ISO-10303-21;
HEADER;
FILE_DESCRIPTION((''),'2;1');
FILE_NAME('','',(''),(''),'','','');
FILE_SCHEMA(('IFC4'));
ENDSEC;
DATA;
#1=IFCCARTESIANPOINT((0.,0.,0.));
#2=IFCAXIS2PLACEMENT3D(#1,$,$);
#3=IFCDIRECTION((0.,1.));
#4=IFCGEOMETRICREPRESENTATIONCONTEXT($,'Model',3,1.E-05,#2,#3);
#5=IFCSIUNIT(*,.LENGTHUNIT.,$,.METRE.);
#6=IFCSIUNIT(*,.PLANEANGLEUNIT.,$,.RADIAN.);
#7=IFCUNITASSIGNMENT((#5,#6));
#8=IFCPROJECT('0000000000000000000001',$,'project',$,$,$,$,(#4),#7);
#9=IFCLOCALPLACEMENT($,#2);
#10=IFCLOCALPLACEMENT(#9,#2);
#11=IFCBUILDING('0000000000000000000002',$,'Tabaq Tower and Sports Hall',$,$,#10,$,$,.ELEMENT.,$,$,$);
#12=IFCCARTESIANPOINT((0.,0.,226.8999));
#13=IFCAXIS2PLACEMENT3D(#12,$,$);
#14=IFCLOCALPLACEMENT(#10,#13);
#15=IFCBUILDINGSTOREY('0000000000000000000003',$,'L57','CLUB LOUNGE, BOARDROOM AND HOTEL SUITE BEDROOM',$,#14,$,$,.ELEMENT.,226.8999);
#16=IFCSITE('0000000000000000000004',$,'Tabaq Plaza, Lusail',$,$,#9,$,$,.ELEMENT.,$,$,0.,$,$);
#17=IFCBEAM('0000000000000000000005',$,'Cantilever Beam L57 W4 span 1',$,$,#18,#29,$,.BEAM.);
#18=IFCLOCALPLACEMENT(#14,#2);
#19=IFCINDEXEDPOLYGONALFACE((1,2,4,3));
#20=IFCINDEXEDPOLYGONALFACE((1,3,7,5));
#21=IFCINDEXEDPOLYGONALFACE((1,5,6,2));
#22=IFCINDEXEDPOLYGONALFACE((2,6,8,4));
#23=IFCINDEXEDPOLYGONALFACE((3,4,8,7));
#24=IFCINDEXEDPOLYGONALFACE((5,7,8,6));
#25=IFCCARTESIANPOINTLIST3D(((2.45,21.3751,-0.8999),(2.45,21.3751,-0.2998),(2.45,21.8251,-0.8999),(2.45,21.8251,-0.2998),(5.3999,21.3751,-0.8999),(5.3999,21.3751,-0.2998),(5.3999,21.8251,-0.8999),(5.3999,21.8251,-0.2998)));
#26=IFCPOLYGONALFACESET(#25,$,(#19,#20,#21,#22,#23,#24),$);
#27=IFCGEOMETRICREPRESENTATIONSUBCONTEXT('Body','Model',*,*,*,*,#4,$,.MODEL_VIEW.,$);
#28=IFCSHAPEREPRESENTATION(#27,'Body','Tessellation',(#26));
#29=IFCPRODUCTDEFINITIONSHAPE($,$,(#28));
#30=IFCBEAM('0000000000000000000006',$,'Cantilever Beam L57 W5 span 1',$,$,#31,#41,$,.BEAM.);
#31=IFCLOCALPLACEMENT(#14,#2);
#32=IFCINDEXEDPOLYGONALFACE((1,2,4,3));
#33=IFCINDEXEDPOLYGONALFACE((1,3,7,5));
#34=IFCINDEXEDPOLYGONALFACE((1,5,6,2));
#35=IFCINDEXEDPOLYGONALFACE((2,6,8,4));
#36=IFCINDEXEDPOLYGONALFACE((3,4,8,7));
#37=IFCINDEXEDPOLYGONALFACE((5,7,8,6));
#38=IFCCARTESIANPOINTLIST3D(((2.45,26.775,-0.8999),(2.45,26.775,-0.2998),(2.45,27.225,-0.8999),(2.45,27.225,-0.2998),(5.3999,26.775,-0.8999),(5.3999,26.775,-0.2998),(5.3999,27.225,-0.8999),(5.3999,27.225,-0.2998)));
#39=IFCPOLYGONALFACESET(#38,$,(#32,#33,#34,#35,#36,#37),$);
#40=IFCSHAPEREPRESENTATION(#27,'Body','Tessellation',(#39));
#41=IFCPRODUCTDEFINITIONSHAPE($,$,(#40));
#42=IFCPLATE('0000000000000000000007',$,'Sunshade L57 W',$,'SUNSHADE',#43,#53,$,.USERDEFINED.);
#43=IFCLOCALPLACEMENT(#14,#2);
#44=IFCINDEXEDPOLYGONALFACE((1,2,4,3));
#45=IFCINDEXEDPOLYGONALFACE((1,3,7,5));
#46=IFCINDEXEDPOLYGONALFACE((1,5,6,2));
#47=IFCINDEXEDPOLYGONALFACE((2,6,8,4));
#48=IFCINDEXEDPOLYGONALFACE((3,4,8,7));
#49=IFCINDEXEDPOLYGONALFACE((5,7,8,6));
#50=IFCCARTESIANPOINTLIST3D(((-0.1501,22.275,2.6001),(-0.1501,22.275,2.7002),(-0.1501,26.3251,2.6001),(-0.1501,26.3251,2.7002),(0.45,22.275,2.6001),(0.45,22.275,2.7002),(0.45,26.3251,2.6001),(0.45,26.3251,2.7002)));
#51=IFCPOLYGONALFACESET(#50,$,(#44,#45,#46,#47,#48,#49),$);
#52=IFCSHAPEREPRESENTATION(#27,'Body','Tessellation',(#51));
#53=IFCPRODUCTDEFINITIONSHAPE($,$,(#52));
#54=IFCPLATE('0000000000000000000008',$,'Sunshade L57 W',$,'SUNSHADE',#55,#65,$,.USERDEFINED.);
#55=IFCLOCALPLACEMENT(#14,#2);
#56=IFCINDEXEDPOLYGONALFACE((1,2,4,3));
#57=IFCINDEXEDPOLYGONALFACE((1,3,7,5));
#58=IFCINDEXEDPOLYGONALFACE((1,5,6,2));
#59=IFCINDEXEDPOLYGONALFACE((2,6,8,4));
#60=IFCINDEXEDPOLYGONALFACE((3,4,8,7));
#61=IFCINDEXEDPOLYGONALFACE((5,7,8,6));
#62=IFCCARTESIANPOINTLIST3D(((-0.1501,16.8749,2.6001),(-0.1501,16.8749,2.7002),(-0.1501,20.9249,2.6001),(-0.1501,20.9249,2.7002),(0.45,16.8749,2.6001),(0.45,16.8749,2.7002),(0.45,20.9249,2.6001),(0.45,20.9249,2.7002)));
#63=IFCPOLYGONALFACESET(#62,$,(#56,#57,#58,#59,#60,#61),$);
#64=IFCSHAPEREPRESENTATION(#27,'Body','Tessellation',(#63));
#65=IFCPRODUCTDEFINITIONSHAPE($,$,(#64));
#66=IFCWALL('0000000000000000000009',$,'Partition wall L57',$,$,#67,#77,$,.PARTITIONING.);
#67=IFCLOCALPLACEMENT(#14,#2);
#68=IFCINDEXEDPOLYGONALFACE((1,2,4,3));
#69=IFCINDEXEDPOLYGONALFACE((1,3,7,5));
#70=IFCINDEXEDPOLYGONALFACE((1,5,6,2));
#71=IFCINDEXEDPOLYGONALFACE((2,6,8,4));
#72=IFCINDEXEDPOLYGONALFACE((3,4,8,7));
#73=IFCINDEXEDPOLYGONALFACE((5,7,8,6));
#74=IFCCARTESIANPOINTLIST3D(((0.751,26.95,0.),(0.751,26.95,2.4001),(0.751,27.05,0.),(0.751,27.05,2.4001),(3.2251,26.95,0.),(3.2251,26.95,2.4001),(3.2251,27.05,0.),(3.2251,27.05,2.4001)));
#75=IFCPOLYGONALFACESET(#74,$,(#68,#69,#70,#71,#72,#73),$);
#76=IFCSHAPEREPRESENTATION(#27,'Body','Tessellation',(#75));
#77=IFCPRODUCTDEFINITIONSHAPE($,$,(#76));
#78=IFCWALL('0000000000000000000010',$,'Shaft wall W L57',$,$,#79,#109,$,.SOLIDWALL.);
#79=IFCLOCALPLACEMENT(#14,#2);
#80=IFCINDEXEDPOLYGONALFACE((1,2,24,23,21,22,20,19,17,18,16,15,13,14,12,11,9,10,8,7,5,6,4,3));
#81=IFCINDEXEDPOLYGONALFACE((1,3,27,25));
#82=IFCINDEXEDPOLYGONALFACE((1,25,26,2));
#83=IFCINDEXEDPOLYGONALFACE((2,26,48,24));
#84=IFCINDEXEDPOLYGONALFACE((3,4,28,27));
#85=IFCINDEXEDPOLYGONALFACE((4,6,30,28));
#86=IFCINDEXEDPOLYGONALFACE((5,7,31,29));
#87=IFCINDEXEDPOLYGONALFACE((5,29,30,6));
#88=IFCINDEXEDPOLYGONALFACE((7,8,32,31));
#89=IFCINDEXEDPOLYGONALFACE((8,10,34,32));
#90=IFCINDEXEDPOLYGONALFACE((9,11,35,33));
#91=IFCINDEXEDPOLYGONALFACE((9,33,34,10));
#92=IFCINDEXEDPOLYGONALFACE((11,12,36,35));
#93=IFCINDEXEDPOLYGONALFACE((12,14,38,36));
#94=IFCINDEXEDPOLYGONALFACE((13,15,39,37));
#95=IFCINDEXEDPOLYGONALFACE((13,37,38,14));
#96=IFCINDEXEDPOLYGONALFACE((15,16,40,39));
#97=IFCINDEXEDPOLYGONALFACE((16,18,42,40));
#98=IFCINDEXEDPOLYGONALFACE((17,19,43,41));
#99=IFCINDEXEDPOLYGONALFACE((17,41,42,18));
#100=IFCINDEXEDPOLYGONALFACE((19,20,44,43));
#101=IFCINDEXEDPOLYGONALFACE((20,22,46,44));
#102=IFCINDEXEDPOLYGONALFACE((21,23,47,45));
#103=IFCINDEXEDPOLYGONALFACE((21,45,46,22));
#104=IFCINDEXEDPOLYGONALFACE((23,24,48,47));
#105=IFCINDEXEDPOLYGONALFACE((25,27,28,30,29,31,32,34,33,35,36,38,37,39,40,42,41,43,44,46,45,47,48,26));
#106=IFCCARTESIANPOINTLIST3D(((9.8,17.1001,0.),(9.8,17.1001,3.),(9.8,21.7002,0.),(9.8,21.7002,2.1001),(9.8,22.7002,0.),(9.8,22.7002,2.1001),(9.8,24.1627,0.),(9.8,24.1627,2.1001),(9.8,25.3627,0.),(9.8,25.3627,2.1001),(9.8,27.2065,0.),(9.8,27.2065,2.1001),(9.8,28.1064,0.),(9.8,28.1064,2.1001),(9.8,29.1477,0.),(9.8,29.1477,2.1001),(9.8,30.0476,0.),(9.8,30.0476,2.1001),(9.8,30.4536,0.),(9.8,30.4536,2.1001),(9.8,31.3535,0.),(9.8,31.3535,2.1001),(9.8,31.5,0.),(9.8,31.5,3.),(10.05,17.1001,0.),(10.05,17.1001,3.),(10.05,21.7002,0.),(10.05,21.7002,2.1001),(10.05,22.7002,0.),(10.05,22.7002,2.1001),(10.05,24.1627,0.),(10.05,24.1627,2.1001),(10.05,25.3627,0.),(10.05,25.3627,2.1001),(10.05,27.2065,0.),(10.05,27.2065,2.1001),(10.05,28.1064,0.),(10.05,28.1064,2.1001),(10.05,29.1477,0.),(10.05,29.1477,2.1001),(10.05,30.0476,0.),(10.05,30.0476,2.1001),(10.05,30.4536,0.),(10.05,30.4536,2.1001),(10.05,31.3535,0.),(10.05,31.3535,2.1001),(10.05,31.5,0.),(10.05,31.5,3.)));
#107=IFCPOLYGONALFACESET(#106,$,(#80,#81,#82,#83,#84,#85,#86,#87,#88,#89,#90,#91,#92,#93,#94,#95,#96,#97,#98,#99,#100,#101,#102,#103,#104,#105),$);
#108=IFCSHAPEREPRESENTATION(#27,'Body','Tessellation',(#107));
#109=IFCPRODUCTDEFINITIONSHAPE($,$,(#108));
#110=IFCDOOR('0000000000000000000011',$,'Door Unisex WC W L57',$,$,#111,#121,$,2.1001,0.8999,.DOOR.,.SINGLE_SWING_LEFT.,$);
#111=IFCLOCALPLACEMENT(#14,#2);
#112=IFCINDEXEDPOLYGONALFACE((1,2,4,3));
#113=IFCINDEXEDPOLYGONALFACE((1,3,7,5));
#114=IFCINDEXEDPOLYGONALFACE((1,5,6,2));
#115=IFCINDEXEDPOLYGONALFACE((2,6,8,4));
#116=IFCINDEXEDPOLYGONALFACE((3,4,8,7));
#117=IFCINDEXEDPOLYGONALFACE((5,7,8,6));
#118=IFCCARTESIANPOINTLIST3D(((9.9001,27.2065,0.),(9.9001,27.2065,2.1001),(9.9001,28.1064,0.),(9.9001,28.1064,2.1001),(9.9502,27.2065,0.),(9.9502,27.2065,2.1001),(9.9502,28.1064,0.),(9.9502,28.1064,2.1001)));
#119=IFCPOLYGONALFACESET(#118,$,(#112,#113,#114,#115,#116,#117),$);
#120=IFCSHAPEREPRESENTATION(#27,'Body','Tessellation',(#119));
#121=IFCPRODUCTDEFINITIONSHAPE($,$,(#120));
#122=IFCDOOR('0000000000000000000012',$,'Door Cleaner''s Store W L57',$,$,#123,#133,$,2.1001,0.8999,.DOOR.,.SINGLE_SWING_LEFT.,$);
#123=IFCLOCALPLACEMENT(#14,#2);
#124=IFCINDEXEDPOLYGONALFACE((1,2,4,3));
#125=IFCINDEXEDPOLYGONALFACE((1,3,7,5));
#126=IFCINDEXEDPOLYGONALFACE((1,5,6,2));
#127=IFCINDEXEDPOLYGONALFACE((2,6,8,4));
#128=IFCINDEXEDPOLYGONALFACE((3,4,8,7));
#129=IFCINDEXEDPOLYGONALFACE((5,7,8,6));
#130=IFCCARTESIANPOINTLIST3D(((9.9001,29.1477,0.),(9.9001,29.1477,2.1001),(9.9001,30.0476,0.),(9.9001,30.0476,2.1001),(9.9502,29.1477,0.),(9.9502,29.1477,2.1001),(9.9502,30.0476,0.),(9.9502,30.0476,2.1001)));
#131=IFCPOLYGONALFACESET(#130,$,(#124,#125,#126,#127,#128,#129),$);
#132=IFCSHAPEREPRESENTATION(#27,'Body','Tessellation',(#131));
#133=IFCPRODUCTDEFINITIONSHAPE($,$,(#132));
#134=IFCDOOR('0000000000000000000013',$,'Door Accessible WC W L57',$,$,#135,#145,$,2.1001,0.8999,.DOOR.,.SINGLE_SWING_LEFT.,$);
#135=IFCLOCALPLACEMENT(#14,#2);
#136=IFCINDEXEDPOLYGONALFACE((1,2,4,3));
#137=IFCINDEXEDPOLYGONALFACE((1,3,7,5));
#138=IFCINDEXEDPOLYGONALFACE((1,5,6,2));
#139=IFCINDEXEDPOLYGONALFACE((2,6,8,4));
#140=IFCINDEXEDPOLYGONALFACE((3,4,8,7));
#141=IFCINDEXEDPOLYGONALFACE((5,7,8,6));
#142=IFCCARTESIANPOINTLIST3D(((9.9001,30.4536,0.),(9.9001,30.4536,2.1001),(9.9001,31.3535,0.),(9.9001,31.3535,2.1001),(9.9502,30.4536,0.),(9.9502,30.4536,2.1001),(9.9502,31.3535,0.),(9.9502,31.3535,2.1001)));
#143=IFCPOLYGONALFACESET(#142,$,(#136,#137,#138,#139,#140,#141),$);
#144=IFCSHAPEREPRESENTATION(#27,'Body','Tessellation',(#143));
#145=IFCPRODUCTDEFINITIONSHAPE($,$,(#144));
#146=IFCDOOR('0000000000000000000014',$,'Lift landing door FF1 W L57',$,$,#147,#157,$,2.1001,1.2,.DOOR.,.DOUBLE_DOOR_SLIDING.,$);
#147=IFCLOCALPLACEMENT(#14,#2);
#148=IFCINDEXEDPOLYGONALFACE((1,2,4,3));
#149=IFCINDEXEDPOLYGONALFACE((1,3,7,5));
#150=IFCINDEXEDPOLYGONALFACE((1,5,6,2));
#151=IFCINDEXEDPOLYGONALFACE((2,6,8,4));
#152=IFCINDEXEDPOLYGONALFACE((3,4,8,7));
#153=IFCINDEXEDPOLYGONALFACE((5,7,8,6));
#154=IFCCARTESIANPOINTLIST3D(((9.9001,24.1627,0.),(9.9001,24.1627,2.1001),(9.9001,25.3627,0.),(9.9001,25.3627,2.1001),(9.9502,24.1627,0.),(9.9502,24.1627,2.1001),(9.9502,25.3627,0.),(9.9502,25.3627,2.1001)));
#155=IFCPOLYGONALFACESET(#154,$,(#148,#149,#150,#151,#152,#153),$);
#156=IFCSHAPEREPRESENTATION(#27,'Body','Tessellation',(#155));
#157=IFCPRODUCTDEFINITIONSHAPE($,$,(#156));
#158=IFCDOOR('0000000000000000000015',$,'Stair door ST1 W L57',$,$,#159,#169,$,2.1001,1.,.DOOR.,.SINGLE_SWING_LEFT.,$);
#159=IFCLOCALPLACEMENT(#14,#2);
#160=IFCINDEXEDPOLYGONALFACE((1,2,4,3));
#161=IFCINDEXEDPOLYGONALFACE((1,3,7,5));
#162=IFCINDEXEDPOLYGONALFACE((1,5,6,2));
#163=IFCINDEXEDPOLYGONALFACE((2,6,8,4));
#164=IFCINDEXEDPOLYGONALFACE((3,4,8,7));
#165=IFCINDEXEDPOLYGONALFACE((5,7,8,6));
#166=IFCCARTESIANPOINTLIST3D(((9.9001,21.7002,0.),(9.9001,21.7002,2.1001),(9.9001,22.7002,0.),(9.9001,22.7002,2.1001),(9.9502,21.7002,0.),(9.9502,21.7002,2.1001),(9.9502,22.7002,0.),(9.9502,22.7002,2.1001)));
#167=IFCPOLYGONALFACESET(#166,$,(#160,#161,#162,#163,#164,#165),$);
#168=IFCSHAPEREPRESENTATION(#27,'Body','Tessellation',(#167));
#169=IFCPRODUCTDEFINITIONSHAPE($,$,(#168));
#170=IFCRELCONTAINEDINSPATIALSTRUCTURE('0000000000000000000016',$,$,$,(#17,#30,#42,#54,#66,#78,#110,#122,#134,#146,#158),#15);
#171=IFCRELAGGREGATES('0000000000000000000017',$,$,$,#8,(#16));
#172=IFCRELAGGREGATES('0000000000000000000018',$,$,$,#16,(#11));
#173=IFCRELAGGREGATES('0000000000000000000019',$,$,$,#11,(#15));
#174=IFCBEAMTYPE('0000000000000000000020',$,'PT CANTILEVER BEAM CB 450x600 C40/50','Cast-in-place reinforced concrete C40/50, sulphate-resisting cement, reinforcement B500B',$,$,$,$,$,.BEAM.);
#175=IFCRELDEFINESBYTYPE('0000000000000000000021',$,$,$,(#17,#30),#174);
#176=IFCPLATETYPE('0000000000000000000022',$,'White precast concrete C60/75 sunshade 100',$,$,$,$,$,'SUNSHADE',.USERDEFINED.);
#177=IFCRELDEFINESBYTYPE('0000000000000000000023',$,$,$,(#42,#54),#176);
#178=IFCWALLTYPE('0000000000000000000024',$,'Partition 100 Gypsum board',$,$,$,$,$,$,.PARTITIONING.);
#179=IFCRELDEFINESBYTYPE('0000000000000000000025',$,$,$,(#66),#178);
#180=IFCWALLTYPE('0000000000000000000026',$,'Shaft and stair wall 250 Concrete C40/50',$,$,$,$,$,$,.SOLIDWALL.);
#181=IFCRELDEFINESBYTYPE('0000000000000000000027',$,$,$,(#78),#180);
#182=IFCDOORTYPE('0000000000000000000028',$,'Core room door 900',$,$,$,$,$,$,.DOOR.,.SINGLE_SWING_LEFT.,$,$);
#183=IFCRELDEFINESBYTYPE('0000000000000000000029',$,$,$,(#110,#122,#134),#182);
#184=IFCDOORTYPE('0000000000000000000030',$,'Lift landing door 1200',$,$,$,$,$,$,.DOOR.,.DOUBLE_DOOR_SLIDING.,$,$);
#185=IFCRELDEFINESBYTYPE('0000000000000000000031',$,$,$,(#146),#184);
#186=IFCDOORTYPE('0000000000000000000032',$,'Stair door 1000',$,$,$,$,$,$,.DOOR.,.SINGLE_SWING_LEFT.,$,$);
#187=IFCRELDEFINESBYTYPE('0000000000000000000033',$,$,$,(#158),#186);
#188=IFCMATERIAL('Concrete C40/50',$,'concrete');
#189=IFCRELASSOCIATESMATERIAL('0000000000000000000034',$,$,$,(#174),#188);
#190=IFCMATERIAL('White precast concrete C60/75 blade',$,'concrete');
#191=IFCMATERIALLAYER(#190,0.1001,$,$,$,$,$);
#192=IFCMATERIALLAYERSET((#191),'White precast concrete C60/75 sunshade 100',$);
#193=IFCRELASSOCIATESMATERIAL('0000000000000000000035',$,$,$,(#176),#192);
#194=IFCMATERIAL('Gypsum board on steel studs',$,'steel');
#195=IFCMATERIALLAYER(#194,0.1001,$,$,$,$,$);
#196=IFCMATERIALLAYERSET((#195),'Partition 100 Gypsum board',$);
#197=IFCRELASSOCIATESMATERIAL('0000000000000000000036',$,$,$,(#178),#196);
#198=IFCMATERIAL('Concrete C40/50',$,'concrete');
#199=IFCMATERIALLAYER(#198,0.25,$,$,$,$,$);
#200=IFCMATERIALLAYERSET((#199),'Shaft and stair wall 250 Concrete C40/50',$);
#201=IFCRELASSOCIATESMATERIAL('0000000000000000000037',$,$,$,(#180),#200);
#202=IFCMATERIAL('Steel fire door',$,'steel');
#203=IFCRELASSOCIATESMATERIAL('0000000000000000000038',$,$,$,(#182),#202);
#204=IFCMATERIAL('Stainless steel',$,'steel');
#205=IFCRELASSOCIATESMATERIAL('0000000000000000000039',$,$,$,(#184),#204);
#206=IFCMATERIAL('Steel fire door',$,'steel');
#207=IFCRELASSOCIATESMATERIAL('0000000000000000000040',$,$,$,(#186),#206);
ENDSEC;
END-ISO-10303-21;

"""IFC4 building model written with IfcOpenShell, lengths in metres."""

from ifc_helpers import new_model, si_unit, direction, frame, frame_2d, origin, origin_2d, place, context, subcontext, project, spatial, rectangle, extrude, material, layer, layer_set, material_profile, profile_set, type_object, element, fill, save


model = new_model("IFC4")

# Units and contexts
model_context = context("Model", 3, precision=1e-05, world=origin(), true_north=direction((0.0, 1.0)))
body_context = subcontext(model_context, "Body", "Model", "MODEL_VIEW")
ifc_project = project(units=[si_unit("LENGTHUNIT", "METRE"), si_unit("PLANEANGLEUNIT", "RADIAN")], contexts=[model_context])

# Site, building, storey
site_placement = place(None, origin())
site = spatial("IfcSite", under=ifc_project, at=site_placement, Name="Tabaq Plaza, Lusail", CompositionType="ELEMENT", RefElevation=0.0)
building_placement = place(site_placement, origin())
building = spatial("IfcBuilding", under=site, at=building_placement, Name="Tabaq Tower and Sports Hall", CompositionType="ELEMENT")
storey_placement = place(building_placement, frame((0.0, 0.0, 226.8999)))
storey = spatial("IfcBuildingStorey", under=building, at=storey_placement, Name="L57", Description="CLUB LOUNGE, BOARDROOM AND HOTEL SUITE BEDROOM", CompositionType="ELEMENT", Elevation=226.8999)

# Beams
ifc_material_1 = material(Name="Concrete C40/50", Category="concrete")
ifc_material_profile = material_profile(ifc_material_1, rectangle(XDim=0.45, YDim=0.6001, at=origin_2d()), Name="CB 450x600")
ifc_profile_set = profile_set([ifc_material_profile], Name="Concrete C40/50")
beam_type = type_object("IfcBeamType", Name="PT CANTILEVER BEAM CB 450x600 C40/50", Description="Cast-in-place reinforced concrete C40/50, sulphate-resisting cement, reinforcement B500B", PredefinedType="BEAM", material=ifc_profile_set)
for number, where, z_axis, x_axis, name in (
    (1, (2.45, 21.6001, -0.5999), (1.0, 0.0, 0.0), (0.0, 1.0, 0.0), "Cantilever Beam L57 W4 span 1"),
    (2, (2.45, 27.0, -0.5999), (1.0, 0.0, 0.0), (0.0, 1.0, 0.0), "Cantilever Beam L57 W5 span 1"),
):
    element("IfcBeam", number, at=place(storey_placement, frame(where, z_axis=z_axis, x_axis=x_axis)), inside=storey, type_object=beam_type, Name=name, PredefinedType="BEAM", context=body_context, shape_type="SweptSolid", body=[
        extrude(rectangle(XDim=0.45, YDim=0.6001, at=origin_2d()), origin(), (0.0, 0.0, 1.0), 2.95),
    ])

# Plates
ifc_material_2 = material(Name="White precast concrete C60/75 blade", Category="concrete")
ifc_layer_1 = layer(ifc_material_2, 0.1001)
ifc_layer_set_1 = layer_set([ifc_layer_1], Name="White precast concrete C60/75 sunshade 100")
plate_type = type_object("IfcPlateType", Name="White precast concrete C60/75 sunshade 100", ElementType="SUNSHADE", PredefinedType="USERDEFINED", material=ifc_layer_set_1)
for number, where, z_axis, x_axis, name in (
    (3, (0.1499, 24.3, 2.6001), (0.0, 0.0, 1.0), (0.0, -1.0, 0.0), "Sunshade L57 W"),
    (4, (0.1499, 18.8999, 2.6001), (0.0, 0.0, 1.0), (0.0, -1.0, 0.0), "Sunshade L57 W"),
):
    element("IfcPlate", number, at=place(storey_placement, frame(where, z_axis=z_axis, x_axis=x_axis)), inside=storey, type_object=plate_type, Name=name, ObjectType="SUNSHADE", PredefinedType="USERDEFINED", context=body_context, shape_type="SweptSolid", body=[
        extrude(rectangle(XDim=4.05, YDim=0.6001, at=origin_2d()), origin(), (0.0, 0.0, 1.0), 0.1001),
    ])

# Wall
ifc_material_3 = material(Name="Gypsum board on steel studs", Category="steel")
ifc_layer_2 = layer(ifc_material_3, 0.1001)
ifc_layer_set_2 = layer_set([ifc_layer_2], Name="Partition 100 Gypsum board")
wall_type_1 = type_object("IfcWallType", Name="Partition 100 Gypsum board", PredefinedType="PARTITIONING", material=ifc_layer_set_2)
wall_1_placement = place(storey_placement, frame((0.751, 27.0, 0.0), z_axis=(0.0, 0.0, 1.0), x_axis=(1.0, 0.0, 0.0)))
element("IfcWall", 5, at=wall_1_placement, inside=storey, type_object=wall_type_1, Name="Partition wall L57", PredefinedType="PARTITIONING", context=body_context, shape_type="SweptSolid", body=[
    extrude(rectangle(XDim=2.4741, YDim=0.1001, at=frame_2d((1.2371, 0.0))), origin(), (0.0, 0.0, 1.0), 2.4001),
])

# Wall, openings, doors
ifc_material_4 = material(Name="Concrete C40/50", Category="concrete")
ifc_layer_3 = layer(ifc_material_4, 0.25)
ifc_layer_set_3 = layer_set([ifc_layer_3], Name="Shaft and stair wall 250 Concrete C40/50")
wall_type_2 = type_object("IfcWallType", Name="Shaft and stair wall 250 Concrete C40/50", PredefinedType="SOLIDWALL", material=ifc_layer_set_3)
wall_2_placement = place(storey_placement, frame((9.925, 17.1001, 0.0), z_axis=(0.0, 0.0, 1.0), x_axis=(0.0, 1.0, 0.0)))
wall_2 = element("IfcWall", 6, at=wall_2_placement, inside=storey, type_object=wall_type_2, Name="Shaft wall W L57", PredefinedType="SOLIDWALL", context=body_context, shape_type="SweptSolid", body=[
    extrude(rectangle(XDim=14.3999, YDim=0.25, at=frame_2d((7.2, 0.0))), origin(), (0.0, 0.0, 1.0), 3.0),
])
opening_1_placement = place(wall_2_placement, frame((4.6001, 0.0, 0.0)))
opening_1 = element("IfcOpeningElement", 7, at=opening_1_placement, cuts=wall_2, PredefinedType="OPENING", context=body_context, shape_type="SweptSolid", body=[
    extrude(rectangle(XDim=1.0, YDim=2.1001, at=frame_2d((0.5, 1.05))), frame((0.0, 0.125, 0.0), z_axis=(0.0, -1.0, 0.0), x_axis=(1.0, 0.0, 0.0)), (0.0, 0.0, 1.0), 0.25),
])
opening_2_placement = place(wall_2_placement, frame((7.0625, 0.0, 0.0)))
opening_2 = element("IfcOpeningElement", 8, at=opening_2_placement, cuts=wall_2, PredefinedType="OPENING", context=body_context, shape_type="SweptSolid", body=[
    extrude(rectangle(XDim=1.2, YDim=2.1001, at=frame_2d((0.6001, 1.05))), frame((0.0, 0.125, 0.0), z_axis=(0.0, -1.0, 0.0), x_axis=(1.0, 0.0, 0.0)), (0.0, 0.0, 1.0), 0.25),
])
opening_3_placement = place(wall_2_placement, frame((10.1064, 0.0, 0.0)))
opening_3 = element("IfcOpeningElement", 9, at=opening_3_placement, cuts=wall_2, PredefinedType="OPENING", context=body_context, shape_type="SweptSolid", body=[
    extrude(rectangle(XDim=0.8999, YDim=2.1001, at=frame_2d((0.45, 1.05))), frame((0.0, 0.125, 0.0), z_axis=(0.0, -1.0, 0.0), x_axis=(1.0, 0.0, 0.0)), (0.0, 0.0, 1.0), 0.25),
])
opening_4_placement = place(wall_2_placement, frame((12.0476, 0.0, 0.0)))
opening_4 = element("IfcOpeningElement", 10, at=opening_4_placement, cuts=wall_2, PredefinedType="OPENING", context=body_context, shape_type="SweptSolid", body=[
    extrude(rectangle(XDim=0.8999, YDim=2.1001, at=frame_2d((0.45, 1.05))), frame((0.0, 0.125, 0.0), z_axis=(0.0, -1.0, 0.0), x_axis=(1.0, 0.0, 0.0)), (0.0, 0.0, 1.0), 0.25),
])
opening_5_placement = place(wall_2_placement, frame((13.3535, 0.0, 0.0)))
opening_5 = element("IfcOpeningElement", 11, at=opening_5_placement, cuts=wall_2, PredefinedType="OPENING", context=body_context, shape_type="SweptSolid", body=[
    extrude(rectangle(XDim=0.8999, YDim=2.1001, at=frame_2d((0.45, 1.05))), frame((0.0, 0.125, 0.0), z_axis=(0.0, -1.0, 0.0), x_axis=(1.0, 0.0, 0.0)), (0.0, 0.0, 1.0), 0.25),
])
ifc_material_5 = material(Name="Steel fire door", Category="steel")
door_type_1 = type_object("IfcDoorType", Name="Core room door 900", OperationType="SINGLE_SWING_LEFT", PredefinedType="DOOR", material=ifc_material_5)
door_1_placement = place(opening_3_placement, origin())
door_1 = element("IfcDoor", 12, at=door_1_placement, inside=storey, type_object=door_type_1, Name="Door Unisex WC W L57", OperationType="SINGLE_SWING_LEFT", OverallHeight=2.1001, OverallWidth=0.8999, PredefinedType="DOOR", context=body_context, shape_type="SweptSolid", body=[
    extrude(rectangle(XDim=0.8999, YDim=2.1001, at=frame_2d((0.45, 1.05))), frame((0.0, 0.0249, 0.0), z_axis=(0.0, -1.0, 0.0), x_axis=(1.0, 0.0, 0.0)), (0.0, 0.0, 1.0), 0.05),
])
fill(opening_3, door_1)
door_2_placement = place(opening_4_placement, origin())
door_2 = element("IfcDoor", 13, at=door_2_placement, inside=storey, type_object=door_type_1, Name="Door Cleaner's Store W L57", OperationType="SINGLE_SWING_LEFT", OverallHeight=2.1001, OverallWidth=0.8999, PredefinedType="DOOR", context=body_context, shape_type="SweptSolid", body=[
    extrude(rectangle(XDim=0.8999, YDim=2.1001, at=frame_2d((0.45, 1.05))), frame((0.0, 0.0249, 0.0), z_axis=(0.0, -1.0, 0.0), x_axis=(1.0, 0.0, 0.0)), (0.0, 0.0, 1.0), 0.05),
])
fill(opening_4, door_2)
door_3_placement = place(opening_5_placement, origin())
door_3 = element("IfcDoor", 14, at=door_3_placement, inside=storey, type_object=door_type_1, Name="Door Accessible WC W L57", OperationType="SINGLE_SWING_LEFT", OverallHeight=2.1001, OverallWidth=0.8999, PredefinedType="DOOR", context=body_context, shape_type="SweptSolid", body=[
    extrude(rectangle(XDim=0.8999, YDim=2.1001, at=frame_2d((0.45, 1.05))), frame((0.0, 0.0249, 0.0), z_axis=(0.0, -1.0, 0.0), x_axis=(1.0, 0.0, 0.0)), (0.0, 0.0, 1.0), 0.05),
])
fill(opening_5, door_3)
ifc_material_6 = material(Name="Stainless steel", Category="steel")
door_type_2 = type_object("IfcDoorType", Name="Lift landing door 1200", OperationType="DOUBLE_DOOR_SLIDING", PredefinedType="DOOR", material=ifc_material_6)
door_4_placement = place(opening_2_placement, origin())
door_4 = element("IfcDoor", 15, at=door_4_placement, inside=storey, type_object=door_type_2, Name="Lift landing door FF1 W L57", OperationType="DOUBLE_DOOR_SLIDING", OverallHeight=2.1001, OverallWidth=1.2, PredefinedType="DOOR", context=body_context, shape_type="SweptSolid", body=[
    extrude(rectangle(XDim=1.2, YDim=2.1001, at=frame_2d((0.6001, 1.05))), frame((0.0, 0.0249, 0.0), z_axis=(0.0, -1.0, 0.0), x_axis=(1.0, 0.0, 0.0)), (0.0, 0.0, 1.0), 0.05),
])
fill(opening_2, door_4)
ifc_material_7 = material(Name="Steel fire door", Category="steel")
door_type_3 = type_object("IfcDoorType", Name="Stair door 1000", OperationType="SINGLE_SWING_LEFT", PredefinedType="DOOR", material=ifc_material_7)
door_5_placement = place(opening_1_placement, origin())
door_5 = element("IfcDoor", 16, at=door_5_placement, inside=storey, type_object=door_type_3, Name="Stair door ST1 W L57", OperationType="SINGLE_SWING_LEFT", OverallHeight=2.1001, OverallWidth=1.0, PredefinedType="DOOR", context=body_context, shape_type="SweptSolid", body=[
    extrude(rectangle(XDim=1.0, YDim=2.1001, at=frame_2d((0.5, 1.05))), frame((0.0, 0.0249, 0.0), z_axis=(0.0, -1.0, 0.0), x_axis=(1.0, 0.0, 0.0)), (0.0, 0.0, 1.0), 0.05),
])
fill(opening_1, door_5)

save(model, "model.ifc")
